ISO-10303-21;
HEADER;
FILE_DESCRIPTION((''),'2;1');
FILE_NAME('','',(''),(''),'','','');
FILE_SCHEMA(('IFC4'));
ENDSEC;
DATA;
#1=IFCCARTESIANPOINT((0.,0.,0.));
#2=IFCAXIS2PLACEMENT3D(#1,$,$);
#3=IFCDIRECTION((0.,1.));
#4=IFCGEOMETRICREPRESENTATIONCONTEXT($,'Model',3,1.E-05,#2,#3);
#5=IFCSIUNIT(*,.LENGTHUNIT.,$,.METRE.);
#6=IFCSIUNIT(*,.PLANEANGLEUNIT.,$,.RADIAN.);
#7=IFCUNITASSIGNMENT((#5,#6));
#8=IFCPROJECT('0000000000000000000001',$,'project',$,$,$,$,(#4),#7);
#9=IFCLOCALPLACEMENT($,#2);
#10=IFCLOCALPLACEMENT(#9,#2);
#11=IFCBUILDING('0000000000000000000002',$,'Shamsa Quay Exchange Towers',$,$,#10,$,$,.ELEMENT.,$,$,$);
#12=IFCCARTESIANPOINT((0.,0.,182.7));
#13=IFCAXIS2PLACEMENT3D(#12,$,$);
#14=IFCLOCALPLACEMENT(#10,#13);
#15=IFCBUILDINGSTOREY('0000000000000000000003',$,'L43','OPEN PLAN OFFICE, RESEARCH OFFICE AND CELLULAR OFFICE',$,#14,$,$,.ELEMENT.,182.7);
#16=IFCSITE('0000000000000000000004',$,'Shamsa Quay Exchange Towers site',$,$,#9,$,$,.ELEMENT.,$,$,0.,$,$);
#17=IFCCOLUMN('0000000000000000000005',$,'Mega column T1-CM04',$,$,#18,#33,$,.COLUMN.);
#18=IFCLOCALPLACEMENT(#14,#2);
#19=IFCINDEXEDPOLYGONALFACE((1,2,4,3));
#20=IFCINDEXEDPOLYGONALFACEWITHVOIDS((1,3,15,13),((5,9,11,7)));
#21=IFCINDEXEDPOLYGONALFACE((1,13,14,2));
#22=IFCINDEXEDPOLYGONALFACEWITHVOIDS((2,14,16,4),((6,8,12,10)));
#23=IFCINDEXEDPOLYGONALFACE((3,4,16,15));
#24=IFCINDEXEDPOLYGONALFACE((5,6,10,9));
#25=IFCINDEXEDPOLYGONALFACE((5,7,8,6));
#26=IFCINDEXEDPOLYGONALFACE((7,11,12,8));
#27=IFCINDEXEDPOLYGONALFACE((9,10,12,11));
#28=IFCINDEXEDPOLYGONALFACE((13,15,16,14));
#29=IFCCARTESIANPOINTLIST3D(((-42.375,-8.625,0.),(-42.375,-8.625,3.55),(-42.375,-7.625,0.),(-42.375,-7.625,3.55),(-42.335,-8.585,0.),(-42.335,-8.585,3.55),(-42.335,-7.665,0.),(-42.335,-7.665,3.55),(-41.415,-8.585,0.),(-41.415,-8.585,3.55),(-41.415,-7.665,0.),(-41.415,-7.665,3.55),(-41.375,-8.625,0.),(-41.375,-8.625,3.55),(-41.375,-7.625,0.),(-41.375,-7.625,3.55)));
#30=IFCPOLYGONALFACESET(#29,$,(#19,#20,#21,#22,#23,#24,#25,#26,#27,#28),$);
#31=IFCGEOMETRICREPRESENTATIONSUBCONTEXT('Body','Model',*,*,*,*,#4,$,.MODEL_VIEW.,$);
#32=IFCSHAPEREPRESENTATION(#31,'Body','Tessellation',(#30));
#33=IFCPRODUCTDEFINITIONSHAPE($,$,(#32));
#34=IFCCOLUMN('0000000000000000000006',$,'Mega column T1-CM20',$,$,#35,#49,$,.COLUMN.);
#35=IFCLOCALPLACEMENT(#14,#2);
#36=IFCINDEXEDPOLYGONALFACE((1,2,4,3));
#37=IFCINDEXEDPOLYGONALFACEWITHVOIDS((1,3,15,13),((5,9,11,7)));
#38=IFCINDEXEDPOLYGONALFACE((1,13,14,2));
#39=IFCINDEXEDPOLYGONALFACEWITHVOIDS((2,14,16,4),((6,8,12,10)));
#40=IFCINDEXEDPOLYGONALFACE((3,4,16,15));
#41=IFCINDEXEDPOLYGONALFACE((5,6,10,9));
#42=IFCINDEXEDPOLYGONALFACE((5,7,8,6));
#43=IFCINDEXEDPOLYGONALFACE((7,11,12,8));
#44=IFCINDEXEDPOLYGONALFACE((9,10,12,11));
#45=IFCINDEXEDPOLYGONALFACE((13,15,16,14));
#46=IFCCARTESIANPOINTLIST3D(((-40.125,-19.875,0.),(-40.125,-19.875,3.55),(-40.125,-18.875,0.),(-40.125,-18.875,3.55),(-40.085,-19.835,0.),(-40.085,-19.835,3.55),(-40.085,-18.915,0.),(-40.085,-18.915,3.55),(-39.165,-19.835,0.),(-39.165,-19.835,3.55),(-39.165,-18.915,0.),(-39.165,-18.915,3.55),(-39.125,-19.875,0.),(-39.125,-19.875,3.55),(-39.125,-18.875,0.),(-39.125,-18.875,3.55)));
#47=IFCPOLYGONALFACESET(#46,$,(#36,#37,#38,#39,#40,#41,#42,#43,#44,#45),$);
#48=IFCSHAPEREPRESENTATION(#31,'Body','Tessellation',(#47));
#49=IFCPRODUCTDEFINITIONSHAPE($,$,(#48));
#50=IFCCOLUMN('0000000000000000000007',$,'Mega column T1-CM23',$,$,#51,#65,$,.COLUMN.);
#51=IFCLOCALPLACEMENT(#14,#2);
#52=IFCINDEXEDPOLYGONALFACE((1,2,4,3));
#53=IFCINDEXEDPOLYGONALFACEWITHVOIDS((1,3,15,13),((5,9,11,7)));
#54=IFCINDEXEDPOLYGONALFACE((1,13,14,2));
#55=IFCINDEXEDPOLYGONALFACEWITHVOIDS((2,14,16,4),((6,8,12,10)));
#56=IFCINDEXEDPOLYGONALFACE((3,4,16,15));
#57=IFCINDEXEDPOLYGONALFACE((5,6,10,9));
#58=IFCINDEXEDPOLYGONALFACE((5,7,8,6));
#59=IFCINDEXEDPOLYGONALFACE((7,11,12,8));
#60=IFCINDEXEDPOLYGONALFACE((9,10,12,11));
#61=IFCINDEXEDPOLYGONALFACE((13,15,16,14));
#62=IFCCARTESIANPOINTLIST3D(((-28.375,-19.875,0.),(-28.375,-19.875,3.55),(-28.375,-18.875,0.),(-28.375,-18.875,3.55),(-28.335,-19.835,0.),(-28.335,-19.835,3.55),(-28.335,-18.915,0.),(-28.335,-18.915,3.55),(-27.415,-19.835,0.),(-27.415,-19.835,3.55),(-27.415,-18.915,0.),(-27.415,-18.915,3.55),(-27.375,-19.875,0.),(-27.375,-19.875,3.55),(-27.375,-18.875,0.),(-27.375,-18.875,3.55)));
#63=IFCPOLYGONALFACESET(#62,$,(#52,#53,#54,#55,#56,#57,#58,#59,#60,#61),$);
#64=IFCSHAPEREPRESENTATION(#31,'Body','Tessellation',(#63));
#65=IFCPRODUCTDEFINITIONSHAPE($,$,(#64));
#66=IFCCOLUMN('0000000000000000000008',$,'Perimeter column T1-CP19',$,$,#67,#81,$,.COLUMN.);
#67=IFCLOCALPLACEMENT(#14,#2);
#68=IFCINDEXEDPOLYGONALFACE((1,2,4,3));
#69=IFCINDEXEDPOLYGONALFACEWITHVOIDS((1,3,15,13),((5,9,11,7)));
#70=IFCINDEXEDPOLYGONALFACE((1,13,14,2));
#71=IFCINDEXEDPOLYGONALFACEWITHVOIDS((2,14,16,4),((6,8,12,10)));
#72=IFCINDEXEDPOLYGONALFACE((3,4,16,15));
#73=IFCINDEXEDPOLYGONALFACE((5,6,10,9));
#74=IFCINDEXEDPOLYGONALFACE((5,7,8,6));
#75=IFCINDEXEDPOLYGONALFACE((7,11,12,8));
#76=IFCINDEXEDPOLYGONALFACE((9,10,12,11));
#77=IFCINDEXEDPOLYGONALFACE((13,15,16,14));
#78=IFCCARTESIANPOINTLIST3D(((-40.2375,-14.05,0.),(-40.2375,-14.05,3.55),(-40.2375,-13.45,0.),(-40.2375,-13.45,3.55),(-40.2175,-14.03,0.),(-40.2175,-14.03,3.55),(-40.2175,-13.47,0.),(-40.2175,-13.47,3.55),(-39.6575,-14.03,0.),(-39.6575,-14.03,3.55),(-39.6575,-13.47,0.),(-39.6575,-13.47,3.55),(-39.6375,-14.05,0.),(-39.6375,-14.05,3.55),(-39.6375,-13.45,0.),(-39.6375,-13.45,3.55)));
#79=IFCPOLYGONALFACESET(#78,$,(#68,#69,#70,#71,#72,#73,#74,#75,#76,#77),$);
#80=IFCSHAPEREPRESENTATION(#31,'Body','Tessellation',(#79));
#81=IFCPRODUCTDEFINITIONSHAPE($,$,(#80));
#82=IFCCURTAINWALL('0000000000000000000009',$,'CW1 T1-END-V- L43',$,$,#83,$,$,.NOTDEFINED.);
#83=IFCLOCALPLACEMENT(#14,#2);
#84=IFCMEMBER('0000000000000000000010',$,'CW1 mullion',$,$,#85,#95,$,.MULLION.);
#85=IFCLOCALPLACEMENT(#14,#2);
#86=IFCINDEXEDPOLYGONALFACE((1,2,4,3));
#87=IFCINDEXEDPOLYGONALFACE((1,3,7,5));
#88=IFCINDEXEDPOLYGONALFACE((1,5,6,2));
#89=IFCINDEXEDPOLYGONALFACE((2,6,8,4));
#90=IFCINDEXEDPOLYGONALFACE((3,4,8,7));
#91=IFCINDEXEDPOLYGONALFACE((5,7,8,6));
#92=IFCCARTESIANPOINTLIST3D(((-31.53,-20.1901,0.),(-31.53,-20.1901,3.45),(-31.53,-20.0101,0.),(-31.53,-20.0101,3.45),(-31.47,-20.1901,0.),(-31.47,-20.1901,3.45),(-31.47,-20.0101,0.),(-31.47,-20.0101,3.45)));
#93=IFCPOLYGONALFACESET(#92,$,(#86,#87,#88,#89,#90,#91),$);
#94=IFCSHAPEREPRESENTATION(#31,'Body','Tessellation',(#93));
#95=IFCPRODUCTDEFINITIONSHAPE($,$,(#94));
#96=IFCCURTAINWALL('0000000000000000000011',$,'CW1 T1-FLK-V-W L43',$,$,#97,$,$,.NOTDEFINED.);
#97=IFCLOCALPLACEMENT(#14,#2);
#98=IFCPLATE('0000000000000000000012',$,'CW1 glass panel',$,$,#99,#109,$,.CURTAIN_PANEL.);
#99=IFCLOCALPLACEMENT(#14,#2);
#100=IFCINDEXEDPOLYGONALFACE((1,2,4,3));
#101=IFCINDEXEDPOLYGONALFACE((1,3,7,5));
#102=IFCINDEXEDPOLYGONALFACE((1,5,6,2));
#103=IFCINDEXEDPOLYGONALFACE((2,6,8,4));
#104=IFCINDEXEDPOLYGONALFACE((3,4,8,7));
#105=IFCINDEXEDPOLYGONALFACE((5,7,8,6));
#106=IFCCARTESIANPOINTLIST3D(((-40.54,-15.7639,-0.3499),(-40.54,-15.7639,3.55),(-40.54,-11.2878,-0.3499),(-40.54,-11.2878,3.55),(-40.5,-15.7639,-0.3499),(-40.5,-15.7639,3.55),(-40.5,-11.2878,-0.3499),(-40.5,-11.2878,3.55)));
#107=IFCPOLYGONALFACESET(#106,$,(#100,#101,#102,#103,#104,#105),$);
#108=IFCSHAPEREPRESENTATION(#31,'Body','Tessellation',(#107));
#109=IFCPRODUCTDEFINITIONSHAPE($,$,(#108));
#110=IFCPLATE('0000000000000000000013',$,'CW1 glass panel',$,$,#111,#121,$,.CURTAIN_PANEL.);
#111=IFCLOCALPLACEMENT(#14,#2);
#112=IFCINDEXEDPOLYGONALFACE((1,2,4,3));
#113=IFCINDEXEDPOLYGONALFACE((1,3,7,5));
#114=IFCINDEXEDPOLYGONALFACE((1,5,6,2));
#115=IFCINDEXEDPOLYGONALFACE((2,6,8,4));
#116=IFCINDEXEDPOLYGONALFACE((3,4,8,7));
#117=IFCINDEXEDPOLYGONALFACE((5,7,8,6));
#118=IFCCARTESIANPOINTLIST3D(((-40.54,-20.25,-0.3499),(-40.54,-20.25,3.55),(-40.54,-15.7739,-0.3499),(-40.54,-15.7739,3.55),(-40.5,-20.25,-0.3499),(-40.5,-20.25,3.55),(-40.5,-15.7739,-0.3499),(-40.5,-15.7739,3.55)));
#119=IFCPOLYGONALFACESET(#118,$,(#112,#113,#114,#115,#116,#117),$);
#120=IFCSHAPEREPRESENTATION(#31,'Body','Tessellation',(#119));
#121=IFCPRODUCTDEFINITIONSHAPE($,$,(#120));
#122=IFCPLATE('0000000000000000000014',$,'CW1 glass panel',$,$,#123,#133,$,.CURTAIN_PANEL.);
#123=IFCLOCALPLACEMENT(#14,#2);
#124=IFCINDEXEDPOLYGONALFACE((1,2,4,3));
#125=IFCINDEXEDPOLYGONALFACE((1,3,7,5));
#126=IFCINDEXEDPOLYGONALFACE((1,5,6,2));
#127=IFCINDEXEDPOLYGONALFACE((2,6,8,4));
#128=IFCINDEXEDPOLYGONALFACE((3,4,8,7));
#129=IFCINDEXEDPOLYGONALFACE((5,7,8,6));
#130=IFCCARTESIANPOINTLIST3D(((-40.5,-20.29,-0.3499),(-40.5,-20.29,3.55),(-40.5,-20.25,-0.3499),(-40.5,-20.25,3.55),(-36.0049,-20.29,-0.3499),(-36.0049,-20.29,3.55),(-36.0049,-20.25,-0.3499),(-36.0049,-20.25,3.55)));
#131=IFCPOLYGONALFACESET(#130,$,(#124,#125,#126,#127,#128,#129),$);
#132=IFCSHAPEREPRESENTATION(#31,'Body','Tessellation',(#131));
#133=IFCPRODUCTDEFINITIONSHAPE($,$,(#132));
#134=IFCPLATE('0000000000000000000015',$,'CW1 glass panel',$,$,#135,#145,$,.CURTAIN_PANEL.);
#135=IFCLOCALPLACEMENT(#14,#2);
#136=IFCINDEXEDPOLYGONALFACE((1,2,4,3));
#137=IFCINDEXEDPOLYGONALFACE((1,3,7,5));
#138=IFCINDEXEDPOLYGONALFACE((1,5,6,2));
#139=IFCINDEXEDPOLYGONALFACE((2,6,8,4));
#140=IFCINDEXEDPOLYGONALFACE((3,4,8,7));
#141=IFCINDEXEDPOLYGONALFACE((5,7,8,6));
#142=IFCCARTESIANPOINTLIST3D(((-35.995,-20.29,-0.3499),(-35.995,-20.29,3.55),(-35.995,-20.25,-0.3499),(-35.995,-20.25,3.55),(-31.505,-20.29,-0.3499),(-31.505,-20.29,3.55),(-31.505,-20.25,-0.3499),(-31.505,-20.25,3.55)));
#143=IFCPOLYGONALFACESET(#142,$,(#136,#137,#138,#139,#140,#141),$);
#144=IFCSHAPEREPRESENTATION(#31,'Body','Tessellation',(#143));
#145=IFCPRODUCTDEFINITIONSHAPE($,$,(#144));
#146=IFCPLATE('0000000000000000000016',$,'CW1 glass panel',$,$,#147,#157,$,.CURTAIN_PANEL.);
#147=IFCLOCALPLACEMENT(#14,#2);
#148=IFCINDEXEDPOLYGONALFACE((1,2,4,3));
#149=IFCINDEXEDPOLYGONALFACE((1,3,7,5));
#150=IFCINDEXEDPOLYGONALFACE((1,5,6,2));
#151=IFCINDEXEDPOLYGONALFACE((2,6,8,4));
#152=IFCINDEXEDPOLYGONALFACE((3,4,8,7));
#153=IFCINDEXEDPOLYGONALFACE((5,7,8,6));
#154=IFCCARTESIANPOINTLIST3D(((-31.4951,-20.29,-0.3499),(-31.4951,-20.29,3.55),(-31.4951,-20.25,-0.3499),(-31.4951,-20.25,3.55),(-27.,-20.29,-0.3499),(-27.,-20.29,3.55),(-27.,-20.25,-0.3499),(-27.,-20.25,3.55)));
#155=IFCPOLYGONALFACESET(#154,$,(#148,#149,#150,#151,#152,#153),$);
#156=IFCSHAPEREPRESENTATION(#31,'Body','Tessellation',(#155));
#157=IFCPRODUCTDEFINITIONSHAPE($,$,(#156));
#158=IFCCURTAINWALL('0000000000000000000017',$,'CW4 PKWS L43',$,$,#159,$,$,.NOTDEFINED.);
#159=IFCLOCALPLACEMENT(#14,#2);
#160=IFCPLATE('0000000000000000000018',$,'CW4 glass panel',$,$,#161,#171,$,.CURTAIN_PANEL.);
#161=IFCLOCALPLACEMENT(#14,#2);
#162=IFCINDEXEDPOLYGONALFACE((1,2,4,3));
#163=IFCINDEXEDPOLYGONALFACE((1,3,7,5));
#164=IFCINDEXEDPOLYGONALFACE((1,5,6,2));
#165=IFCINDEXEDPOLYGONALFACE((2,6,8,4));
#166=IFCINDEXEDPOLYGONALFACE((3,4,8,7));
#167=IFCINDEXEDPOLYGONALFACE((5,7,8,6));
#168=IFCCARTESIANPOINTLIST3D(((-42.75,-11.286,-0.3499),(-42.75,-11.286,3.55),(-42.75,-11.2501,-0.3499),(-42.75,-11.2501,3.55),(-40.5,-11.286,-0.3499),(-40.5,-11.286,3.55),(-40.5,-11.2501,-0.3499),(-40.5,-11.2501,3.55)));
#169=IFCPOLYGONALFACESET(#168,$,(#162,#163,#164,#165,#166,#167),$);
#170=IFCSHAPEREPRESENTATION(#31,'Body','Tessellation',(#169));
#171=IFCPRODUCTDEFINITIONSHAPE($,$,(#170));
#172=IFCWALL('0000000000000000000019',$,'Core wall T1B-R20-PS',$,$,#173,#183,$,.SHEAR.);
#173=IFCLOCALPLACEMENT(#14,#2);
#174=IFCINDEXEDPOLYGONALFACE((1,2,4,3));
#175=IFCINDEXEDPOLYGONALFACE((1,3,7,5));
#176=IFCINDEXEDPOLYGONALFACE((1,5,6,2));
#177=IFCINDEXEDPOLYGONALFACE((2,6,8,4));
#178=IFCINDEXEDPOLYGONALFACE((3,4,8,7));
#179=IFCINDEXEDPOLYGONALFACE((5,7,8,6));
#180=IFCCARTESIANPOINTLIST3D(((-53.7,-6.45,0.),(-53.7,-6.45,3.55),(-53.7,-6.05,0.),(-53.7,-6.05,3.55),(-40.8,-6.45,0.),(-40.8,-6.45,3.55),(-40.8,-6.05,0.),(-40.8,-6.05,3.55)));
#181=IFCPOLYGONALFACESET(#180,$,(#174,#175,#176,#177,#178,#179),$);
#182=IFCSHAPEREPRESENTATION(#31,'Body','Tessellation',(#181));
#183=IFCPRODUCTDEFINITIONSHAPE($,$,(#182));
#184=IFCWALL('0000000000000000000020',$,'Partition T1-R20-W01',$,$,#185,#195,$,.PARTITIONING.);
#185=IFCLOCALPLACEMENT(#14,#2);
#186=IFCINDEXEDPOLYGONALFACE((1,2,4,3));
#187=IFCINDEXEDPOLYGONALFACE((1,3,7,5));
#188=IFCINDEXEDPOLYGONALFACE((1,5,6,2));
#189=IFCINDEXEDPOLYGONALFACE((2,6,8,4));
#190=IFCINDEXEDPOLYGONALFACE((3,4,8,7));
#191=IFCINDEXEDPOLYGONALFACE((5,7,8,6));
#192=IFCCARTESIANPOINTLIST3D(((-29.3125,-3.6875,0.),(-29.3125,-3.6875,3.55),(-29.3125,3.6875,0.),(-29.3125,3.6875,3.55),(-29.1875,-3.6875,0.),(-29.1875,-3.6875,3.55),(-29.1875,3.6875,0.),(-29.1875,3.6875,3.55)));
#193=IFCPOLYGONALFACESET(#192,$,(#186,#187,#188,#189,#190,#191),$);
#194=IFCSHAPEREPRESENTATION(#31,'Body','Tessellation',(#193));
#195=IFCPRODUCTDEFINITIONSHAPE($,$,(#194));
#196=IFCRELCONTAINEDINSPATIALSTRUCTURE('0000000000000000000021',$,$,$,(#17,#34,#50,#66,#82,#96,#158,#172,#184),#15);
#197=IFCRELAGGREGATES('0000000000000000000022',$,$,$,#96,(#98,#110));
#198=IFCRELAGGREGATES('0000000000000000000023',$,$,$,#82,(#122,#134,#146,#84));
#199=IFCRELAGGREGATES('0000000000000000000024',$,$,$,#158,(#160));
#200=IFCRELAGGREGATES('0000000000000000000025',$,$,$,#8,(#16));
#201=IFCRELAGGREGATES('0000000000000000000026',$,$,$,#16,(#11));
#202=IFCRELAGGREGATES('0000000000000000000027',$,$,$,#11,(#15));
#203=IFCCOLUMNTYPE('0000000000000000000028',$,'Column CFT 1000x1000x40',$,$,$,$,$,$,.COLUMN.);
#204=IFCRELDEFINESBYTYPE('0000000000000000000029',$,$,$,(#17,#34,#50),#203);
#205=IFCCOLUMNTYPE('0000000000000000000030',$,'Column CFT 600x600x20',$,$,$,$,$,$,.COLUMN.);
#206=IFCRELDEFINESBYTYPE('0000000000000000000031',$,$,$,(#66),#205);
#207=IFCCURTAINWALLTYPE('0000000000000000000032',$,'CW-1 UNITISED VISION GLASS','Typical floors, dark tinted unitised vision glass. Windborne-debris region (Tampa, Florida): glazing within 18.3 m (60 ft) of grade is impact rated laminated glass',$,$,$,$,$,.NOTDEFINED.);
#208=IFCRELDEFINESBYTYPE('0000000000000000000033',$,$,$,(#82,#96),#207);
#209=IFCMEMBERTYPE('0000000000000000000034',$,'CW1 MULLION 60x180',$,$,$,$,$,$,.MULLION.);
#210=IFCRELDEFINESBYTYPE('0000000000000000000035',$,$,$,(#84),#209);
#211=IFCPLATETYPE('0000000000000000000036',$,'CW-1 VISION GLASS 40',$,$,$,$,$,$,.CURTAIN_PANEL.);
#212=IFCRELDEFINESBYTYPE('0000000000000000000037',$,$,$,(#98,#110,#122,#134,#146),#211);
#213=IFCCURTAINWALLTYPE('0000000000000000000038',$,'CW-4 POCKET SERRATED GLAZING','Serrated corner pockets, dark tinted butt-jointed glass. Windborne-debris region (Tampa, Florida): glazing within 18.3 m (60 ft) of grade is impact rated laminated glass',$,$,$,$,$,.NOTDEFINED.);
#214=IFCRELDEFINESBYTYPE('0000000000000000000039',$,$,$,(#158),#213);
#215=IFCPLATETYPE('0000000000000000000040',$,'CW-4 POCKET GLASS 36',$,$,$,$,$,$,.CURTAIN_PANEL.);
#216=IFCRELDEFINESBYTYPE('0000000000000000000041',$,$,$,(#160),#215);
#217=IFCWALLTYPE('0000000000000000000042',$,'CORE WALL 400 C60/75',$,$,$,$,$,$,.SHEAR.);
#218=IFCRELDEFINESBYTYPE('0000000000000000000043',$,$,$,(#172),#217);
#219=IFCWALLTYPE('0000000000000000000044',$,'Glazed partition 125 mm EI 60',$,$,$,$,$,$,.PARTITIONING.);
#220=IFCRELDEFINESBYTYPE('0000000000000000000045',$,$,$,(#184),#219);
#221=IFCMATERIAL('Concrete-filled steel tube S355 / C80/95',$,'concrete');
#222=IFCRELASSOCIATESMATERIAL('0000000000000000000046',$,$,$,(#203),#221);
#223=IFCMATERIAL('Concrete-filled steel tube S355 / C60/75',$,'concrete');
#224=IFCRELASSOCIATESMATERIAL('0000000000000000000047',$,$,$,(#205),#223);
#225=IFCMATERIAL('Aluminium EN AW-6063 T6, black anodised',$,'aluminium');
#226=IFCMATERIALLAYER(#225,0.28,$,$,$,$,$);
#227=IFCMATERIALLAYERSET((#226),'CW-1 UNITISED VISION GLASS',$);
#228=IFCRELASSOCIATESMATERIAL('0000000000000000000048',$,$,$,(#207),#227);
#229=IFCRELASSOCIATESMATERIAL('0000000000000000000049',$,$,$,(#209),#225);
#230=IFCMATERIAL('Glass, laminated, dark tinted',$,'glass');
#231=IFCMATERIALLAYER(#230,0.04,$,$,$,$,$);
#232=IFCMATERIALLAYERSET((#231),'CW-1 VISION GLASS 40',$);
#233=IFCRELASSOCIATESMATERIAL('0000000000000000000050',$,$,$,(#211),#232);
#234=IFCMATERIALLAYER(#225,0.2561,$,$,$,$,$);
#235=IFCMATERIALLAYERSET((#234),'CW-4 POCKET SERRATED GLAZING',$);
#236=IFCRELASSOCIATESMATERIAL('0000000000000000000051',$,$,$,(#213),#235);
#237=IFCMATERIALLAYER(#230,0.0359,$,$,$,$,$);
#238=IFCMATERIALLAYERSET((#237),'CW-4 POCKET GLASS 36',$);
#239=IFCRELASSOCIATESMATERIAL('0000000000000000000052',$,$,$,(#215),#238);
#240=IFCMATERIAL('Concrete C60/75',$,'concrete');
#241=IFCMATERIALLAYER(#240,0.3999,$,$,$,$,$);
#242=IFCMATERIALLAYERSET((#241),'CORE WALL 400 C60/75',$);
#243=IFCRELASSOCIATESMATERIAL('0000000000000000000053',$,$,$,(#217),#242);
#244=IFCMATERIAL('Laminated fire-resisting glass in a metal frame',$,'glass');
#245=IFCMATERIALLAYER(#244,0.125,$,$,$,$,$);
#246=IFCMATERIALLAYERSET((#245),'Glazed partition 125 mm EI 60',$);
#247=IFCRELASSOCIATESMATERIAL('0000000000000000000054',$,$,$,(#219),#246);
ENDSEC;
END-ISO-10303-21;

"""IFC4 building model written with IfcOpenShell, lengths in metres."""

from ifc_helpers import new_model, si_unit, direction, frame, frame_2d, origin, origin_2d, place, context, subcontext, project, spatial, rectangle, hollow_rectangle, extrude, material, layer, layer_set, material_profile, profile_set, type_object, element, aggregate, save


model = new_model("IFC4")

# Units and contexts
model_context = context("Model", 3, precision=1e-05, world=origin(), true_north=direction((0.0, 1.0)))
body_context = subcontext(model_context, "Body", "Model", "MODEL_VIEW")
ifc_project = project(units=[si_unit("LENGTHUNIT", "METRE"), si_unit("PLANEANGLEUNIT", "RADIAN")], contexts=[model_context])

# Site, building, storey
site_placement = place(None, origin())
site = spatial("IfcSite", under=ifc_project, at=site_placement, Name="Shamsa Quay Exchange Towers site", CompositionType="ELEMENT", RefElevation=0.0)
building_placement = place(site_placement, origin())
building = spatial("IfcBuilding", under=site, at=building_placement, Name="Shamsa Quay Exchange Towers", CompositionType="ELEMENT")
storey_placement = place(building_placement, frame((0.0, 0.0, 182.7)))
storey = spatial("IfcBuildingStorey", under=building, at=storey_placement, Name="L43", Description="OPEN PLAN OFFICE, RESEARCH OFFICE AND CELLULAR OFFICE", CompositionType="ELEMENT", Elevation=182.7)

# Columns
ifc_material_1 = material(Name="Concrete-filled steel tube S355 / C80/95", Category="concrete")
ifc_material_profile_1 = material_profile(ifc_material_1, hollow_rectangle(XDim=1.0, YDim=1.0, WallThickness=0.04, at=origin_2d()), Name="CFT 1000x1000x40")
ifc_profile_set_1 = profile_set([ifc_material_profile_1], Name="Concrete-filled steel tube S355 / C80/95")
column_type_1 = type_object("IfcColumnType", Name="Column CFT 1000x1000x40", PredefinedType="COLUMN", material=ifc_profile_set_1)
for number, where, name in (
    (1, (-41.875, -8.125, 0.0), "Mega column T1-CM04"),
    (2, (-39.625, -19.375, 0.0), "Mega column T1-CM20"),
    (3, (-27.875, -19.375, 0.0), "Mega column T1-CM23"),
):
    element("IfcColumn", number, at=place(storey_placement, frame(where)), inside=storey, type_object=column_type_1, Name=name, PredefinedType="COLUMN", context=body_context, shape_type="SweptSolid", body=[
        extrude(hollow_rectangle(XDim=1.0, YDim=1.0, WallThickness=0.04, at=origin_2d()), origin(), (0.0, 0.0, 1.0), 3.55),
    ])
ifc_material_2 = material(Name="Concrete-filled steel tube S355 / C60/75", Category="concrete")
ifc_material_profile_2 = material_profile(ifc_material_2, hollow_rectangle(XDim=0.6001, YDim=0.6001, WallThickness=0.02, at=origin_2d()), Name="CFT 600x600x20")
ifc_profile_set_2 = profile_set([ifc_material_profile_2], Name="Concrete-filled steel tube S355 / C60/75")
column_type_2 = type_object("IfcColumnType", Name="Column CFT 600x600x20", PredefinedType="COLUMN", material=ifc_profile_set_2)
column_placement = place(storey_placement, frame((-39.9375, -13.75, 0.0)))
element("IfcColumn", 4, at=column_placement, inside=storey, type_object=column_type_2, Name="Perimeter column T1-CP19", PredefinedType="COLUMN", context=body_context, shape_type="SweptSolid", body=[
    extrude(hollow_rectangle(XDim=0.6001, YDim=0.6001, WallThickness=0.02, at=origin_2d()), origin(), (0.0, 0.0, 1.0), 3.55),
])

# Curtain wall, member
ifc_material_3 = material(Name="Aluminium EN AW-6063 T6, black anodised", Category="aluminium")
ifc_layer_1 = layer(ifc_material_3, 0.28)
ifc_layer_set_1 = layer_set([ifc_layer_1], Name="CW-1 UNITISED VISION GLASS")
curtain_wall_type_1 = type_object("IfcCurtainWallType", Name="CW-1 UNITISED VISION GLASS", Description="Typical floors, dark tinted unitised vision glass. Windborne-debris region (Tampa, Florida): glazing within 18.3 m (60 ft) of grade is impact rated laminated glass", PredefinedType="NOTDEFINED", material=ifc_layer_set_1)
curtain_wall_1_placement = place(storey_placement, origin())
curtain_wall_1 = element("IfcCurtainWall", 5, at=curtain_wall_1_placement, inside=storey, type_object=curtain_wall_type_1, Name="CW1 T1-END-V- L43", PredefinedType="NOTDEFINED")
ifc_material_profile_3 = material_profile(ifc_material_3, rectangle(XDim=0.1799, YDim=0.0601, at=origin_2d()), Name="MU60x180")
ifc_profile_set_3 = profile_set([ifc_material_profile_3], Name="Aluminium EN AW-6063 T6, black anodised")
member_type = type_object("IfcMemberType", Name="CW1 MULLION 60x180", PredefinedType="MULLION", material=ifc_profile_set_3)
member_placement = place(storey_placement, frame((-31.5, -20.1001, 0.0), z_axis=(0.0, 0.0, 1.0), x_axis=(0.0, 1.0, 0.0)))
member = element("IfcMember", 6, at=member_placement, type_object=member_type, Name="CW1 mullion", PredefinedType="MULLION", context=body_context, shape_type="SweptSolid", body=[
    extrude(rectangle(XDim=0.1799, YDim=0.0601, at=origin_2d()), origin(), (0.0, 0.0, 1.0), 3.45),
])

# Curtain wall, plates
curtain_wall_2_placement = place(storey_placement, origin())
curtain_wall_2 = element("IfcCurtainWall", 7, at=curtain_wall_2_placement, inside=storey, type_object=curtain_wall_type_1, Name="CW1 T1-FLK-V-W L43", PredefinedType="NOTDEFINED")
ifc_material_4 = material(Name="Glass, laminated, dark tinted", Category="glass")
ifc_layer_2 = layer(ifc_material_4, 0.04)
ifc_layer_set_2 = layer_set([ifc_layer_2], Name="CW-1 VISION GLASS 40")
plate_type_1 = type_object("IfcPlateType", Name="CW-1 VISION GLASS 40", PredefinedType="CURTAIN_PANEL", material=ifc_layer_set_2)
plate_1_placement = place(storey_placement, frame((-40.52, -13.5259, -0.3499), z_axis=(0.0, 0.0, 1.0), x_axis=(0.0, -1.0, 0.0)))
plate_1 = element("IfcPlate", 8, at=plate_1_placement, type_object=plate_type_1, Name="CW1 glass panel", PredefinedType="CURTAIN_PANEL", context=body_context, shape_type="SweptSolid", body=[
    extrude(rectangle(XDim=4.4761, YDim=0.04, at=origin_2d()), origin(), (0.0, 0.0, 1.0), 3.8999),
])
plate_2_placement = place(storey_placement, frame((-40.52, -18.012, -0.3499), z_axis=(0.0, 0.0, 1.0), x_axis=(0.0, -1.0, 0.0)))
plate_2 = element("IfcPlate", 9, at=plate_2_placement, type_object=plate_type_1, Name="CW1 glass panel", PredefinedType="CURTAIN_PANEL", context=body_context, shape_type="SweptSolid", body=[
    extrude(rectangle(XDim=4.4761, YDim=0.04, at=origin_2d()), origin(), (0.0, 0.0, 1.0), 3.8999),
])
aggregate(curtain_wall_2, [plate_1, plate_2])

# Plates
plate_3_placement = place(storey_placement, frame((-38.2524, -20.27, -0.3499)))
plate_3 = element("IfcPlate", 10, at=plate_3_placement, type_object=plate_type_1, Name="CW1 glass panel", PredefinedType="CURTAIN_PANEL", context=body_context, shape_type="SweptSolid", body=[
    extrude(rectangle(XDim=4.4951, YDim=0.04, at=origin_2d()), origin(), (0.0, 0.0, 1.0), 3.8999),
])
plate_4_placement = place(storey_placement, frame((-33.75, -20.27, -0.3499)))
plate_4 = element("IfcPlate", 11, at=plate_4_placement, type_object=plate_type_1, Name="CW1 glass panel", PredefinedType="CURTAIN_PANEL", context=body_context, shape_type="SweptSolid", body=[
    extrude(rectangle(XDim=4.49, YDim=0.04, at=origin_2d()), origin(), (0.0, 0.0, 1.0), 3.8999),
])
plate_5_placement = place(storey_placement, frame((-29.2476, -20.27, -0.3499)))
plate_5 = element("IfcPlate", 12, at=plate_5_placement, type_object=plate_type_1, Name="CW1 glass panel", PredefinedType="CURTAIN_PANEL", context=body_context, shape_type="SweptSolid", body=[
    extrude(rectangle(XDim=4.4951, YDim=0.04, at=origin_2d()), origin(), (0.0, 0.0, 1.0), 3.8999),
])
aggregate(curtain_wall_1, [plate_3, plate_4, plate_5, member])

# Curtain wall, plate
ifc_layer_3 = layer(ifc_material_3, 0.2561)
ifc_layer_set_3 = layer_set([ifc_layer_3], Name="CW-4 POCKET SERRATED GLAZING")
curtain_wall_type_2 = type_object("IfcCurtainWallType", Name="CW-4 POCKET SERRATED GLAZING", Description="Serrated corner pockets, dark tinted butt-jointed glass. Windborne-debris region (Tampa, Florida): glazing within 18.3 m (60 ft) of grade is impact rated laminated glass", PredefinedType="NOTDEFINED", material=ifc_layer_set_3)
curtain_wall_3_placement = place(storey_placement, origin())
curtain_wall_3 = element("IfcCurtainWall", 13, at=curtain_wall_3_placement, inside=storey, type_object=curtain_wall_type_2, Name="CW4 PKWS L43", PredefinedType="NOTDEFINED")
ifc_layer_4 = layer(ifc_material_4, 0.0359)
ifc_layer_set_4 = layer_set([ifc_layer_4], Name="CW-4 POCKET GLASS 36")
plate_type_2 = type_object("IfcPlateType", Name="CW-4 POCKET GLASS 36", PredefinedType="CURTAIN_PANEL", material=ifc_layer_set_4)
plate_6_placement = place(storey_placement, frame((-41.625, -11.2681, -0.3499)))
plate_6 = element("IfcPlate", 14, at=plate_6_placement, type_object=plate_type_2, Name="CW4 glass panel", PredefinedType="CURTAIN_PANEL", context=body_context, shape_type="SweptSolid", body=[
    extrude(rectangle(XDim=2.25, YDim=0.0359, at=origin_2d()), origin(), (0.0, 0.0, 1.0), 3.8999),
])
aggregate(curtain_wall_3, [plate_6])

# Wall
ifc_material_5 = material(Name="Concrete C60/75", Category="concrete")
ifc_layer_5 = layer(ifc_material_5, 0.3999)
ifc_layer_set_5 = layer_set([ifc_layer_5], Name="CORE WALL 400 C60/75")
wall_type_1 = type_object("IfcWallType", Name="CORE WALL 400 C60/75", PredefinedType="SHEAR", material=ifc_layer_set_5)
wall_1_placement = place(storey_placement, frame((-40.8, -6.25, 0.0), z_axis=(0.0, 0.0, 1.0), x_axis=(-1.0, 0.0, 0.0)))
element("IfcWall", 15, at=wall_1_placement, inside=storey, type_object=wall_type_1, Name="Core wall T1B-R20-PS", PredefinedType="SHEAR", context=body_context, shape_type="SweptSolid", body=[
    extrude(rectangle(XDim=12.8999, YDim=0.3999, at=frame_2d((6.45, 0.0))), origin(), (0.0, 0.0, 1.0), 3.55),
])

# Wall
ifc_material_6 = material(Name="Laminated fire-resisting glass in a metal frame", Category="glass")
ifc_layer_6 = layer(ifc_material_6, 0.125)
ifc_layer_set_6 = layer_set([ifc_layer_6], Name="Glazed partition 125 mm EI 60")
wall_type_2 = type_object("IfcWallType", Name="Glazed partition 125 mm EI 60", PredefinedType="PARTITIONING", material=ifc_layer_set_6)
wall_2_placement = place(storey_placement, frame((-29.25, -3.6875, 0.0), z_axis=(0.0, 0.0, 1.0), x_axis=(0.0, 1.0, 0.0)))
element("IfcWall", 16, at=wall_2_placement, inside=storey, type_object=wall_type_2, Name="Partition T1-R20-W01", PredefinedType="PARTITIONING", context=body_context, shape_type="SweptSolid", body=[
    extrude(rectangle(XDim=7.375, YDim=0.125, at=frame_2d((3.6875, 0.0))), origin(), (0.0, 0.0, 1.0), 3.55),
])

save(model, "model.ifc")
